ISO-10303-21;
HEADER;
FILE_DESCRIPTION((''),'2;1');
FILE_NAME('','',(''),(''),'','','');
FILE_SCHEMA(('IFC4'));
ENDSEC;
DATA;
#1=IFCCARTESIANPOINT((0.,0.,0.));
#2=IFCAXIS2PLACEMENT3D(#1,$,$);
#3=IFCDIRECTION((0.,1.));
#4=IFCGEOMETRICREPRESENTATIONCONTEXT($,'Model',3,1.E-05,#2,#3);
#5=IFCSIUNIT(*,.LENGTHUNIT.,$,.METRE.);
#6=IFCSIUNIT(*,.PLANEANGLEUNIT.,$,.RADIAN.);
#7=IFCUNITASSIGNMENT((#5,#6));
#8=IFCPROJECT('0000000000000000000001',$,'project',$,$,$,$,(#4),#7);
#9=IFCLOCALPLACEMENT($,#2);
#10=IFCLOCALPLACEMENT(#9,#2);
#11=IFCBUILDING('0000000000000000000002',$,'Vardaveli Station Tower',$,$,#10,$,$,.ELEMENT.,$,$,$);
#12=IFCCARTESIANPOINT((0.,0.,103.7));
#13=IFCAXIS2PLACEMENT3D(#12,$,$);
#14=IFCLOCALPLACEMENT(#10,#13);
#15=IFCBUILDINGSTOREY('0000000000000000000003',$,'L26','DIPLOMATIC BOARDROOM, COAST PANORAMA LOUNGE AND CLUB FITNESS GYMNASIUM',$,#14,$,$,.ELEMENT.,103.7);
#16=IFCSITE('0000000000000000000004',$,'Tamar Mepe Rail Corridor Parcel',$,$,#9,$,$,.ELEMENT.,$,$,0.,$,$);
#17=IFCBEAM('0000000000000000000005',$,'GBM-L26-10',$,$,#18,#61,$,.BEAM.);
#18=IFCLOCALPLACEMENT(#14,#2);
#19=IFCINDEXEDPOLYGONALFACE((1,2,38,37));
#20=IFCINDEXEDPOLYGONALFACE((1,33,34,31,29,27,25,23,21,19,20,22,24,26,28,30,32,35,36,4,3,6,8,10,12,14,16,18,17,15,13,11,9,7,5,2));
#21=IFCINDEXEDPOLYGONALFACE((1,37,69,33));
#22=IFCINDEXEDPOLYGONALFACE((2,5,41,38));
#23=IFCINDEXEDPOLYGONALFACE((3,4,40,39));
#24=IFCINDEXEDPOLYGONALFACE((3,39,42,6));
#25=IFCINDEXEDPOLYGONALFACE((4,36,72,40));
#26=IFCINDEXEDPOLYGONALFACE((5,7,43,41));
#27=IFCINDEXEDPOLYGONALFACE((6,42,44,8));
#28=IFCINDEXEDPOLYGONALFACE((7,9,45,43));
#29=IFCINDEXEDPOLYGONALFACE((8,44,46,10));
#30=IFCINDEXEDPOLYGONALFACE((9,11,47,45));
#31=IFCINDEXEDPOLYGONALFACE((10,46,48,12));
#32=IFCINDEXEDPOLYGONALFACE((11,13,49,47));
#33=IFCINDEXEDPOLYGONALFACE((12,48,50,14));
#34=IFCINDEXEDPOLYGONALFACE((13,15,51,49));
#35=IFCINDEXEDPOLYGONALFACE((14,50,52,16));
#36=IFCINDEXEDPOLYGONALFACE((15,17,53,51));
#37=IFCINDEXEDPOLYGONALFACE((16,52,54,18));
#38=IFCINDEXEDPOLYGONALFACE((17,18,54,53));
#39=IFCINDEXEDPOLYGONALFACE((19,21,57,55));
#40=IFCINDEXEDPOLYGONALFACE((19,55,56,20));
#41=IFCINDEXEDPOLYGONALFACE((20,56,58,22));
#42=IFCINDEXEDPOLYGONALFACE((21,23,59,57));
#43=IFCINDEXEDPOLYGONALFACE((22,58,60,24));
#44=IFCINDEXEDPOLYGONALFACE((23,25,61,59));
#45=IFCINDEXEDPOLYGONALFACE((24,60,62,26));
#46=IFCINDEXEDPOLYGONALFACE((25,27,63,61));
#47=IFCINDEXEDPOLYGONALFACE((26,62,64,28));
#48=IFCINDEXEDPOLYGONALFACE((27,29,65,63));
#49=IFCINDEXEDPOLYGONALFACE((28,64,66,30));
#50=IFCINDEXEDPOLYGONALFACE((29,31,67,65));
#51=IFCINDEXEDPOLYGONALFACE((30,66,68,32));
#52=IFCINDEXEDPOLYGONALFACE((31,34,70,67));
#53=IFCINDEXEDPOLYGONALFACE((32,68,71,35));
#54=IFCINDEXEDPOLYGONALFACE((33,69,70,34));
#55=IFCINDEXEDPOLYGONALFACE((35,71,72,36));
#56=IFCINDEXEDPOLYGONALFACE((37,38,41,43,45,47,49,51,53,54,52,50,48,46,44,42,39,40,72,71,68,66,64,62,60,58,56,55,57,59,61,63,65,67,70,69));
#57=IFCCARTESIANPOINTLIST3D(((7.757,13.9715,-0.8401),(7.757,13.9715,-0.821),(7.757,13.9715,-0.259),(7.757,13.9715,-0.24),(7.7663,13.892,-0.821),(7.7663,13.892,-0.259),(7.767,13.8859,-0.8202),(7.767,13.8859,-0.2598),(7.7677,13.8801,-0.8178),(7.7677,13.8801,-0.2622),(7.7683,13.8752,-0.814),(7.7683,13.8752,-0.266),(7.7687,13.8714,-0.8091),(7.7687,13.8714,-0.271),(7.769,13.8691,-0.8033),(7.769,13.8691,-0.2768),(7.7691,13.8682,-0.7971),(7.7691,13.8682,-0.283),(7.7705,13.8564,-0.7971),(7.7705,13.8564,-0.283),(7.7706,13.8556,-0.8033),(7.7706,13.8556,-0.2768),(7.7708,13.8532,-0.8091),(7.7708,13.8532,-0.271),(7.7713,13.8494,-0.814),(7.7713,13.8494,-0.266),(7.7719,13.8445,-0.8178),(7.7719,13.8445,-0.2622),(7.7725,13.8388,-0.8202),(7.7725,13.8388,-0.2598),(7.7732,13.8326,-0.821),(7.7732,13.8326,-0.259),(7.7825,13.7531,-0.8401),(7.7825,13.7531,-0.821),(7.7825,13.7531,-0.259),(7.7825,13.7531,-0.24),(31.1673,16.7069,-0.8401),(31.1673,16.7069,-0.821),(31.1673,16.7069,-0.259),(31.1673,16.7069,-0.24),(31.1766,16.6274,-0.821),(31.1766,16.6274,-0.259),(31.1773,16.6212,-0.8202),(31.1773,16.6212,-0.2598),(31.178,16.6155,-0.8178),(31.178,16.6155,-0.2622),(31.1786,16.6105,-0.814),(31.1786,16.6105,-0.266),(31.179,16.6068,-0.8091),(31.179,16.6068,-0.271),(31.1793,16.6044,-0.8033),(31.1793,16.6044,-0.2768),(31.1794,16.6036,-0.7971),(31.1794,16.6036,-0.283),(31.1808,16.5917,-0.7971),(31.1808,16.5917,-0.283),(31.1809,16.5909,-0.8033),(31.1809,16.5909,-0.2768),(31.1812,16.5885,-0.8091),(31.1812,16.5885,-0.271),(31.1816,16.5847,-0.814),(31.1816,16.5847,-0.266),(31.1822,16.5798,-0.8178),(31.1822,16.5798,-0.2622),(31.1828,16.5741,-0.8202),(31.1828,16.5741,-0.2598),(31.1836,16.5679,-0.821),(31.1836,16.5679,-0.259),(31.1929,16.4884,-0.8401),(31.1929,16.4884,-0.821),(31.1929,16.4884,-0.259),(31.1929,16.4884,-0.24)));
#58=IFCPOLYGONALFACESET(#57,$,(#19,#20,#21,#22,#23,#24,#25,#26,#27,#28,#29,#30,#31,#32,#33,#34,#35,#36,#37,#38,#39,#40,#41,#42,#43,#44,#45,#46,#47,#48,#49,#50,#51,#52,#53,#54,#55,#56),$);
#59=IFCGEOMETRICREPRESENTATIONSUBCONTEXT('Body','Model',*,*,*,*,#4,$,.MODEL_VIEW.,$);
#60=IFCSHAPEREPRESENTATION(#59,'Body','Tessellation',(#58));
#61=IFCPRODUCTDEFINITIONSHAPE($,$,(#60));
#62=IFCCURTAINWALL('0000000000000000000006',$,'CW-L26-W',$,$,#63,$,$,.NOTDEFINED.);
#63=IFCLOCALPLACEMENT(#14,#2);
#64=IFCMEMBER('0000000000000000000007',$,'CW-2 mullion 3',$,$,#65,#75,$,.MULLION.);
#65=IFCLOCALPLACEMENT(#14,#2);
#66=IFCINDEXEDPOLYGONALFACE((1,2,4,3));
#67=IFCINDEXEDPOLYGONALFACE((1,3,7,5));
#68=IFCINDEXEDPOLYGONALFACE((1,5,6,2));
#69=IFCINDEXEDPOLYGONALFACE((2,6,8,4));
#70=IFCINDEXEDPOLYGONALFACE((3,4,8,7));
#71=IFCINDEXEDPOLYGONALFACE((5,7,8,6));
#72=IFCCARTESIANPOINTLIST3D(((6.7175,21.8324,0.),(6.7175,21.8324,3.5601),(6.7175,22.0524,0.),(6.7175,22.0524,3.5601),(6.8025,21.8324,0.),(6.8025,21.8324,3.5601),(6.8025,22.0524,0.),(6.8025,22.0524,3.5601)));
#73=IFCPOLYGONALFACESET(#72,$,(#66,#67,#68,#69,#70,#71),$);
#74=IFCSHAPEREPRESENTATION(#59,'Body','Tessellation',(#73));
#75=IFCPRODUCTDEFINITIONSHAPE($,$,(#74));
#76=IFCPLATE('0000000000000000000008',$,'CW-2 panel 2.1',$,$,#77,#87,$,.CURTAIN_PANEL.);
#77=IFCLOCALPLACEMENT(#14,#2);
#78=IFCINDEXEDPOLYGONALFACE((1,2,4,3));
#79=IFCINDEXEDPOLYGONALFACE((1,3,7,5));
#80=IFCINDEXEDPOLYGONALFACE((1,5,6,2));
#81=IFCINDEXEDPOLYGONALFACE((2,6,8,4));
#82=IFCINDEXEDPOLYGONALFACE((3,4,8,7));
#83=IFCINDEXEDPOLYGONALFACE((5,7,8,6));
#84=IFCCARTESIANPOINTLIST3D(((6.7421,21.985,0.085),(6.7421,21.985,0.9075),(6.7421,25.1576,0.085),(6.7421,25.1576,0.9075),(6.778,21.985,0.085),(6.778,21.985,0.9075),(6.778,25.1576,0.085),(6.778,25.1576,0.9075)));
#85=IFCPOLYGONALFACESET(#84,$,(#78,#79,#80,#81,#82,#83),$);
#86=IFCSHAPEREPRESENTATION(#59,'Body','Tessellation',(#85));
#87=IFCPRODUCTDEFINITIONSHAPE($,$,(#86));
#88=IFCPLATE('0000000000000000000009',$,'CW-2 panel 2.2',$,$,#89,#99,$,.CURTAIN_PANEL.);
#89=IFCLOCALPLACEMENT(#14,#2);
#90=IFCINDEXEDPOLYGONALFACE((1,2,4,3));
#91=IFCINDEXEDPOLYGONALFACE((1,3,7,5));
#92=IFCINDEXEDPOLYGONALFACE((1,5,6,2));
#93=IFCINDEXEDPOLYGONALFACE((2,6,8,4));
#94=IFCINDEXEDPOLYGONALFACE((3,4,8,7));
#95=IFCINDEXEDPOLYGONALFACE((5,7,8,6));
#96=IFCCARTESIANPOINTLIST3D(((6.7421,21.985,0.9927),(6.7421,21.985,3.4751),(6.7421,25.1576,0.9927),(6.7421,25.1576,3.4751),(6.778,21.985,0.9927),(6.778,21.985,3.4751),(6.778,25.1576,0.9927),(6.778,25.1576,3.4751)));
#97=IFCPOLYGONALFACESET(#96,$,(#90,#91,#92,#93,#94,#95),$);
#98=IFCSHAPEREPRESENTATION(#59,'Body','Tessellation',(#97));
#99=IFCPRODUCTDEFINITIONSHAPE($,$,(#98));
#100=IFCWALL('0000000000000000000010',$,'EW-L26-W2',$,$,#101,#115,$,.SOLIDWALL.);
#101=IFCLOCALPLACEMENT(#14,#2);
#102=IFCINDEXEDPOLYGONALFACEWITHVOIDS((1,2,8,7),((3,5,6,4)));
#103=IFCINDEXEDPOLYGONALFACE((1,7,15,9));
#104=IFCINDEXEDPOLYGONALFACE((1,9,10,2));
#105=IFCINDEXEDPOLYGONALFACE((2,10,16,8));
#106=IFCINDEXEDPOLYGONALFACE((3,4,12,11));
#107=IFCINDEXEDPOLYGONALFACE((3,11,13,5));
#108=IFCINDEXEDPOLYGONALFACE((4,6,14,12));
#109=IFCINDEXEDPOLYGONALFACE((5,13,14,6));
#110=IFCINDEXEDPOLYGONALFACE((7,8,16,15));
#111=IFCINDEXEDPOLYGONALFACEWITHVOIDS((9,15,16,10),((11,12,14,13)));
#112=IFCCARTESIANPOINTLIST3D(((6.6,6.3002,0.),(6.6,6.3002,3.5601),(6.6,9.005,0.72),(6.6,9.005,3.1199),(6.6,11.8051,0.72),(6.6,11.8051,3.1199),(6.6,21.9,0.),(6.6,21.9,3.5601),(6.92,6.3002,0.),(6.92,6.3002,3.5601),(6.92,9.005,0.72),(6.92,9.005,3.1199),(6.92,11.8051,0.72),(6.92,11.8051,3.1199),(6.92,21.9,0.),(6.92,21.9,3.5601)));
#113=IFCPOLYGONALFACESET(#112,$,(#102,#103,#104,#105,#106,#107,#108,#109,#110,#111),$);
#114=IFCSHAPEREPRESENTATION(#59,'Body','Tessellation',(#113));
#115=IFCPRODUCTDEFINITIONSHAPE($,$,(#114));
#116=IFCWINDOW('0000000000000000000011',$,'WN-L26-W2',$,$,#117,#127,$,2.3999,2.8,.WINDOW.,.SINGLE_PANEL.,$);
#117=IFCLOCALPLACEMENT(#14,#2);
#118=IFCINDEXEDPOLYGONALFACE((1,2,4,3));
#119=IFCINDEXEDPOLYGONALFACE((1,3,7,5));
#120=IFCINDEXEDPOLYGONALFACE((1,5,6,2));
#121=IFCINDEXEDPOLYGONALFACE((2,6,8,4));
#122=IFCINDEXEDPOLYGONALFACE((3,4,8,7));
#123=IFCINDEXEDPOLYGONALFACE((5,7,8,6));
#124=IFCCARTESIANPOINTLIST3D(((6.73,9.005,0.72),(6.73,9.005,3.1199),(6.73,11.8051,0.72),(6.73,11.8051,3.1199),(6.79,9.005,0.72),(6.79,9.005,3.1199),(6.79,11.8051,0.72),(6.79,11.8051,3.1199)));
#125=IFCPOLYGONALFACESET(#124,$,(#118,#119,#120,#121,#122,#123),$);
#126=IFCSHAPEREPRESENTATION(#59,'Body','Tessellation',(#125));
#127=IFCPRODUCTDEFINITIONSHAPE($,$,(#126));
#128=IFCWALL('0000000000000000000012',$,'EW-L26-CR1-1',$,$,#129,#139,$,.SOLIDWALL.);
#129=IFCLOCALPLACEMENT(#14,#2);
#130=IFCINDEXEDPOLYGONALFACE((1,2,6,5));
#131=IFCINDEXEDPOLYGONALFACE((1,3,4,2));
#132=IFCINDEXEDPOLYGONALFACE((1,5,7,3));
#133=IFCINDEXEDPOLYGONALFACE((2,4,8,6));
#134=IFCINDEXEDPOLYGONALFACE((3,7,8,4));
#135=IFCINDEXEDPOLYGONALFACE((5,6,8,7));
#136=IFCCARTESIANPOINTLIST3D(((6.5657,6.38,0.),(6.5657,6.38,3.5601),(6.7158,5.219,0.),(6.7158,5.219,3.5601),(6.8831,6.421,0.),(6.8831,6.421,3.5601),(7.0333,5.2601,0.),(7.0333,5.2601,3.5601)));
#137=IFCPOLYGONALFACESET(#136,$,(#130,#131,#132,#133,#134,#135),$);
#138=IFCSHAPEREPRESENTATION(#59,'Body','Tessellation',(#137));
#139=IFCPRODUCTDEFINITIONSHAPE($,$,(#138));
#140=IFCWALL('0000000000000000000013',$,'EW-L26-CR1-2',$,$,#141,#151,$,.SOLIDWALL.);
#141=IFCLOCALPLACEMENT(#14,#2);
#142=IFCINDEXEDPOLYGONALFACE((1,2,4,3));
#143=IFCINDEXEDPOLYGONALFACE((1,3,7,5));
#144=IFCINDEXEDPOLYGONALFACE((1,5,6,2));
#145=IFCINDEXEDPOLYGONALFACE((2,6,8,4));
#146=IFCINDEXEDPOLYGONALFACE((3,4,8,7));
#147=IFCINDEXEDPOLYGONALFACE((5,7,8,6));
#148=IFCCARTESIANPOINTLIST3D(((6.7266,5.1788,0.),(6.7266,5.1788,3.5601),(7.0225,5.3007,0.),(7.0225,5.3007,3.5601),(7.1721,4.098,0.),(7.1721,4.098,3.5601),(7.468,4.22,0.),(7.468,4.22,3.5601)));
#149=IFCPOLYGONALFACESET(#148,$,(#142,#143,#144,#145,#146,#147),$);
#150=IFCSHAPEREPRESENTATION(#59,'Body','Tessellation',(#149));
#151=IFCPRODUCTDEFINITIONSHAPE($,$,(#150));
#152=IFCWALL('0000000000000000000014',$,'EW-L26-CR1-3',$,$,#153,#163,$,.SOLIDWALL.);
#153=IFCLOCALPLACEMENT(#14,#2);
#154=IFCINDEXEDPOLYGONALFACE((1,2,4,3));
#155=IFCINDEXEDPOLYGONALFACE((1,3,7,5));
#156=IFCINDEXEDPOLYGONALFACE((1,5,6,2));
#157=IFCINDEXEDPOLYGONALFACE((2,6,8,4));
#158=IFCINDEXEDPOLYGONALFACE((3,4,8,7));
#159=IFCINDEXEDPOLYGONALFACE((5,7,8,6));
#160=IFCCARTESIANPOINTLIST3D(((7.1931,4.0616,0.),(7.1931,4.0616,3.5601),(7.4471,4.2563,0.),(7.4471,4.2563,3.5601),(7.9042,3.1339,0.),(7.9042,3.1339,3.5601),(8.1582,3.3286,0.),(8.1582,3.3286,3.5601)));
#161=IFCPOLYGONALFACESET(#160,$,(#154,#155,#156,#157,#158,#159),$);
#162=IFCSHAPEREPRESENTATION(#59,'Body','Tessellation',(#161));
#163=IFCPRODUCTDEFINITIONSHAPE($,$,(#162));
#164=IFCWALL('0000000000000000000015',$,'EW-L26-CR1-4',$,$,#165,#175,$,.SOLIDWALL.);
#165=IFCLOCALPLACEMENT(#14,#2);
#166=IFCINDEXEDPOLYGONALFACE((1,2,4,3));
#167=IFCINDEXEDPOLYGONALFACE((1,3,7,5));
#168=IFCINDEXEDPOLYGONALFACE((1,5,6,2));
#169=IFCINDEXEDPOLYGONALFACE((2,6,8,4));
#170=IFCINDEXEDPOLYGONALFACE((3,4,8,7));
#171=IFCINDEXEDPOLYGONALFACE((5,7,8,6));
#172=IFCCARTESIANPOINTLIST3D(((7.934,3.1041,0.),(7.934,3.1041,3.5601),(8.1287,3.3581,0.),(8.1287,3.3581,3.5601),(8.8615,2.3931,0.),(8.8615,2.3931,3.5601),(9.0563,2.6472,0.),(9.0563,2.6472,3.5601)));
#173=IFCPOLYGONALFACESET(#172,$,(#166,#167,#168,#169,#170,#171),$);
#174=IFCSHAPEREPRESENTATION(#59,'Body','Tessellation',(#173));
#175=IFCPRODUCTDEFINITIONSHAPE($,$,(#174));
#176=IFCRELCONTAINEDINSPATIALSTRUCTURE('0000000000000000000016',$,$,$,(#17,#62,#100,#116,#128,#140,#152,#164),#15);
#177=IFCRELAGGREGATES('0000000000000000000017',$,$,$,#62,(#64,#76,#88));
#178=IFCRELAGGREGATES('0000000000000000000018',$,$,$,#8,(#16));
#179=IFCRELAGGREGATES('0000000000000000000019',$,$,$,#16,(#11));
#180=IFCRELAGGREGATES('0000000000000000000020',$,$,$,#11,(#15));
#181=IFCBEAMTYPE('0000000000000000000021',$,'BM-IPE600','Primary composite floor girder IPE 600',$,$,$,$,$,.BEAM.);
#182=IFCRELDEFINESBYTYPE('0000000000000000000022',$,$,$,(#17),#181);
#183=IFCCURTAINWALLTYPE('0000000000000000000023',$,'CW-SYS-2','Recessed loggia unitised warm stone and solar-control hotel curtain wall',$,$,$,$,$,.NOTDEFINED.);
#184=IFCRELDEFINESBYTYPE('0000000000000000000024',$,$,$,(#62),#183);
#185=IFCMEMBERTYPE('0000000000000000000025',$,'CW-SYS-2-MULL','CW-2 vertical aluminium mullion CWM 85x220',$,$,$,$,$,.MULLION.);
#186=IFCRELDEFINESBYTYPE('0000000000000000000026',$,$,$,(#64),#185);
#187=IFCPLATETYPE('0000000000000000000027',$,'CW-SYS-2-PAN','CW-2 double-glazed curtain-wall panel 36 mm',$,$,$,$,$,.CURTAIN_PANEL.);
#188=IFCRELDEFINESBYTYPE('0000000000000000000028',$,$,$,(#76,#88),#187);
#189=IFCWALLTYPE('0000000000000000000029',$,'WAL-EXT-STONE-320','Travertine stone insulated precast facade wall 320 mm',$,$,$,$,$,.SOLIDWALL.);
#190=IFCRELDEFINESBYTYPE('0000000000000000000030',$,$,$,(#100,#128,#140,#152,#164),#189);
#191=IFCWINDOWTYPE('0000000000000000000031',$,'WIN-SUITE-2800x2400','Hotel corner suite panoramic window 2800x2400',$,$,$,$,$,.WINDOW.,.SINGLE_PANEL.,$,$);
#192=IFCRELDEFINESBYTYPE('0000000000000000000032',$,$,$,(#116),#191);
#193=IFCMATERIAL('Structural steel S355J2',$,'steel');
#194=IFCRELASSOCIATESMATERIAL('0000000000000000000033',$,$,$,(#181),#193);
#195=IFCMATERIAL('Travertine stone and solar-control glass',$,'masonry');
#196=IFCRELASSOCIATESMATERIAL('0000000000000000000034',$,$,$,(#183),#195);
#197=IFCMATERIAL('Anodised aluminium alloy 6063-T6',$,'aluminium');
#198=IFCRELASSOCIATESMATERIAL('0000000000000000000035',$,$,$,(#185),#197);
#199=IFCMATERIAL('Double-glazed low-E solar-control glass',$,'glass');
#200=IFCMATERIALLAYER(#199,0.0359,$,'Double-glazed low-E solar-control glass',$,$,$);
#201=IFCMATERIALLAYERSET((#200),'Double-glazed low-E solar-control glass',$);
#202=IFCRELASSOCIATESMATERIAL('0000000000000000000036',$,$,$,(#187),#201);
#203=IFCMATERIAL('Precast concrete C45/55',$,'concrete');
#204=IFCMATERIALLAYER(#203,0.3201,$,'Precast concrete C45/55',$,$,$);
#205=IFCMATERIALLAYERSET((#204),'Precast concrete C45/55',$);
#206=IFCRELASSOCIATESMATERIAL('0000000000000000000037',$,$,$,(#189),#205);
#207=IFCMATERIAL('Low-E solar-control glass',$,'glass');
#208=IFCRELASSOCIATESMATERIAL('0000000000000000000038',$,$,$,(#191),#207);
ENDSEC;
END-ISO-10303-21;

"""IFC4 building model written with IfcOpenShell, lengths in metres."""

from ifc_helpers import new_model, si_unit, direction, frame, frame_2d, origin, origin_2d, place, context, subcontext, project, spatial, rectangle, i_section, extrude, source, transform, mapped, material, layer, layer_set, material_profile, profile_set, type_object, element, fill, aggregate, save


model = new_model("IFC4")

# Units and contexts
model_context = context("Model", 3, precision=1e-05, world=origin(), true_north=direction((0.0, 1.0)))
body_context = subcontext(model_context, "Body", "Model", "MODEL_VIEW")
ifc_project = project(units=[si_unit("LENGTHUNIT", "METRE"), si_unit("PLANEANGLEUNIT", "RADIAN")], contexts=[model_context])

# Site, building, storey
site_placement = place(None, origin())
site = spatial("IfcSite", under=ifc_project, at=site_placement, Name="Tamar Mepe Rail Corridor Parcel", CompositionType="ELEMENT", RefElevation=0.0)
building_placement = place(site_placement, origin())
building = spatial("IfcBuilding", under=site, at=building_placement, Name="Vardaveli Station Tower", CompositionType="ELEMENT")
storey_placement = place(building_placement, frame((0.0, 0.0, 103.7)))
storey = spatial("IfcBuildingStorey", under=building, at=storey_placement, Name="L26", Description="DIPLOMATIC BOARDROOM, COAST PANORAMA LOUNGE AND CLUB FITNESS GYMNASIUM", CompositionType="ELEMENT", Elevation=103.7)

# Beam
ifc_material_1 = material(Name="Precast concrete C45/55", Category="concrete")
ifc_material_2 = material(Name="Structural steel S355J2", Category="steel")
ifc_material_profile_1 = material_profile(ifc_material_2, i_section(OverallWidth=0.22, OverallDepth=0.6001, WebThickness=0.012, FlangeThickness=0.019, FilletRadius=0.0239, at=origin_2d()), Name="IPE 600")
ifc_profile_set_1 = profile_set([ifc_material_profile_1], Name="Structural steel S355J2")
beam_type_1 = type_object("IfcBeamType", Name="BM-IPE600", Description="Primary composite floor girder IPE 600", PredefinedType="BEAM", material=ifc_profile_set_1)
shared_shape_1 = source(origin(), body_context, "Body", "SweptSolid", [
    extrude(i_section(OverallWidth=0.22, OverallDepth=0.6001, WebThickness=0.012, FlangeThickness=0.019, FilletRadius=0.0239, at=origin_2d()), origin(), (0.0, 0.0, 1.0), 23.5696),
])
beam_1_placement = place(storey_placement, frame((7.7698, 13.8623, -0.54), z_axis=(0.993243, 0.116054, 0.0), x_axis=(-0.116054, 0.993243, 0.0)))
element("IfcBeam", 1, at=beam_1_placement, inside=storey, type_object=beam_type_1, Name="GBM-L26-10", PredefinedType="BEAM", context=body_context, shape_type="MappedRepresentation", body=[
    mapped(shared_shape_1, transform((0.0, 0.0, 0.0), scale=1.0)),
])

# Curtain wall, member, plates
ifc_material_3 = material(Name="Travertine stone and solar-control glass", Category="masonry")
curtain_wall_type = type_object("IfcCurtainWallType", Name="CW-SYS-2", Description="Recessed loggia unitised warm stone and solar-control hotel curtain wall", PredefinedType="NOTDEFINED", material=ifc_material_3)
curtain_wall_placement = place(storey_placement, origin())
curtain_wall = element("IfcCurtainWall", 2, at=curtain_wall_placement, inside=storey, type_object=curtain_wall_type, Name="CW-L26-W", PredefinedType="NOTDEFINED")
ifc_material_4 = material(Name="Anodised aluminium alloy 6063-T6", Category="aluminium")
ifc_material_profile_2 = material_profile(ifc_material_4, rectangle(XDim=0.085, YDim=0.22, at=origin_2d()), Name="CWM 85x220")
ifc_profile_set_2 = profile_set([ifc_material_profile_2], Name="Anodised aluminium alloy 6063-T6")
member_type = type_object("IfcMemberType", Name="CW-SYS-2-MULL", Description="CW-2 vertical aluminium mullion CWM 85x220", PredefinedType="MULLION", material=ifc_profile_set_2)
shared_shape_2 = source(origin(), body_context, "Body", "SweptSolid", [
    extrude(rectangle(XDim=0.085, YDim=0.22, at=origin_2d()), origin(), (0.0, 0.0, 1.0), 3.5601),
])
member_placement = place(storey_placement, frame((6.76, 21.9424, 0.0), z_axis=(0.0, 0.0, 1.0), x_axis=(1.0, 0.0, 0.0)))
member = element("IfcMember", 3, at=member_placement, type_object=member_type, Name="CW-2 mullion 3", PredefinedType="MULLION", context=body_context, shape_type="MappedRepresentation", body=[
    mapped(shared_shape_2, transform((0.0, 0.0, 0.0), scale=1.0)),
])
ifc_material_5 = material(Name="Double-glazed low-E solar-control glass", Category="glass")
ifc_layer_1 = layer(ifc_material_5, 0.0359, Name="Double-glazed low-E solar-control glass")
ifc_layer_set_1 = layer_set([ifc_layer_1], Name="Double-glazed low-E solar-control glass")
plate_type = type_object("IfcPlateType", Name="CW-SYS-2-PAN", Description="CW-2 double-glazed curtain-wall panel 36 mm", PredefinedType="CURTAIN_PANEL", material=ifc_layer_set_1)
shared_shape_3 = source(origin(), body_context, "Body", "SweptSolid", [
    extrude(rectangle(XDim=3.1726, YDim=0.0359, at=origin_2d()), origin(), (0.0, 0.0, 1.0), 0.8225),
])
plate_1_placement = place(storey_placement, frame((6.76, 23.5713, 0.085), z_axis=(0.0, 0.0, 1.0), x_axis=(0.0, -1.0, 0.0)))
plate_1 = element("IfcPlate", 4, at=plate_1_placement, type_object=plate_type, Name="CW-2 panel 2.1", PredefinedType="CURTAIN_PANEL", context=body_context, shape_type="MappedRepresentation", body=[
    mapped(shared_shape_3, transform((0.0, 0.0, 0.0), scale=1.0)),
])
shared_shape_4 = source(origin(), body_context, "Body", "SweptSolid", [
    extrude(rectangle(XDim=3.1726, YDim=0.0359, at=origin_2d()), origin(), (0.0, 0.0, 1.0), 2.4824),
])
plate_2_placement = place(storey_placement, frame((6.76, 23.5713, 0.9927), z_axis=(0.0, 0.0, 1.0), x_axis=(0.0, -1.0, 0.0)))
plate_2 = element("IfcPlate", 5, at=plate_2_placement, type_object=plate_type, Name="CW-2 panel 2.2", PredefinedType="CURTAIN_PANEL", context=body_context, shape_type="MappedRepresentation", body=[
    mapped(shared_shape_4, transform((0.0, 0.0, 0.0), scale=1.0)),
])
aggregate(curtain_wall, [member, plate_1, plate_2])

# Wall, opening, window
ifc_layer_2 = layer(ifc_material_1, 0.3201, Name="Precast concrete C45/55")
ifc_layer_set_2 = layer_set([ifc_layer_2], Name="Precast concrete C45/55")
wall_type_1 = type_object("IfcWallType", Name="WAL-EXT-STONE-320", Description="Travertine stone insulated precast facade wall 320 mm", PredefinedType="SOLIDWALL", material=ifc_layer_set_2)
shared_shape_5 = source(origin(), body_context, "Body", "SweptSolid", [
    extrude(rectangle(XDim=15.5999, YDim=0.3201, at=frame_2d((7.7998, 0.0))), origin(), (0.0, 0.0, 1.0), 3.5601),
])
wall_1_placement = place(storey_placement, frame((6.76, 21.8999, 0.0), z_axis=(0.0, 0.0, 1.0), x_axis=(0.0, -1.0, 0.0)))
wall_1 = element("IfcWall", 6, at=wall_1_placement, inside=storey, type_object=wall_type_1, Name="EW-L26-W2", PredefinedType="SOLIDWALL", context=body_context, shape_type="MappedRepresentation", body=[
    mapped(shared_shape_5, transform((0.0, 0.0, 0.0), scale=1.0)),
])
shared_shape_6 = source(origin(), body_context, "Body", "SweptSolid", [
    extrude(rectangle(XDim=2.8, YDim=2.3999, at=frame_2d((1.3999, 1.2))), frame((0.0, 0.1699, 0.0), z_axis=(0.0, -1.0, 0.0), x_axis=(1.0, 0.0, 0.0)), (0.0, 0.0, 1.0), 0.3401),
])
opening_1_placement = place(wall_1_placement, frame((10.095, 0.0, 0.72)))
opening_1 = element("IfcOpeningElement", 7, at=opening_1_placement, cuts=wall_1, PredefinedType="OPENING", context=body_context, shape_type="MappedRepresentation", body=[
    mapped(shared_shape_6, transform((0.0, 0.0, 0.0), scale=1.0)),
])
ifc_material_6 = material(Name="Low-E solar-control glass", Category="glass")
window_type = type_object("IfcWindowType", Name="WIN-SUITE-2800x2400", Description="Hotel corner suite panoramic window 2800x2400", PartitioningType="SINGLE_PANEL", PredefinedType="WINDOW", material=ifc_material_6)
shared_shape_7 = source(origin(), body_context, "Body", "SweptSolid", [
    extrude(rectangle(XDim=2.8, YDim=2.3999, at=frame_2d((1.3999, 1.2))), frame((0.0, 0.03, 0.0), z_axis=(0.0, -1.0, 0.0), x_axis=(1.0, 0.0, 0.0)), (0.0, 0.0, 1.0), 0.0601),
])
window_placement = place(opening_1_placement, origin())
window = element("IfcWindow", 8, at=window_placement, inside=storey, type_object=window_type, Name="WN-L26-W2", OverallHeight=2.3999, OverallWidth=2.8, PartitioningType="SINGLE_PANEL", PredefinedType="WINDOW", context=body_context, shape_type="MappedRepresentation", body=[
    mapped(shared_shape_7, transform((0.0, 0.0, 0.0), scale=1.0)),
])
fill(opening_1, window)

# Walls
shared_shape_8 = source(origin(), body_context, "Body", "SweptSolid", [
    extrude(rectangle(XDim=1.1707, YDim=0.3201, at=frame_2d((0.5854, 0.0))), origin(), (0.0, 0.0, 1.0), 3.5601),
])
wall_2_placement = place(storey_placement, frame((6.7244, 6.4006, 0.0), z_axis=(0.0, 0.0, 1.0), x_axis=(0.128269, -0.991739, 0.0)))
element("IfcWall", 9, at=wall_2_placement, inside=storey, type_object=wall_type_1, Name="EW-L26-CR1-1", PredefinedType="SOLIDWALL", context=body_context, shape_type="MappedRepresentation", body=[
    mapped(shared_shape_8, transform((0.0, 0.0, 0.0), scale=1.0)),
])
shared_shape_9 = source(origin(), body_context, "Body", "SweptSolid", [
    extrude(rectangle(XDim=1.1689, YDim=0.3201, at=frame_2d((0.5845, 0.0))), origin(), (0.0, 0.0, 1.0), 3.5601),
])
for number, where, z_axis, x_axis, name in (
    (10, (6.8745, 5.2397, 0.0), (0.0, 0.0, 1.0), (0.381128, -0.924522, 0.0), "EW-L26-CR1-2"),
    (11, (7.3201, 4.1589, 0.0), (0.0, 0.0, 1.0), (0.608388, -0.79364, 0.0), "EW-L26-CR1-3"),
):
    element("IfcWall", number, at=place(storey_placement, frame(where, z_axis=z_axis, x_axis=x_axis)), inside=storey, type_object=wall_type_1, Name=name, PredefinedType="SOLIDWALL", context=body_context, shape_type="MappedRepresentation", body=[
        mapped(shared_shape_9, transform((0.0, 0.0, 0.0), scale=1.0)),
    ])
shared_shape_10 = source(origin(), body_context, "Body", "SweptSolid", [
    extrude(rectangle(XDim=1.1687, YDim=0.3201, at=frame_2d((0.5845, 0.0))), origin(), (0.0, 0.0, 1.0), 3.5601),
])
wall_3_placement = place(storey_placement, frame((8.0312, 3.2312, 0.0), z_axis=(0.0, 0.0, 1.0), x_axis=(0.793664, -0.608357, 0.0)))
element("IfcWall", 12, at=wall_3_placement, inside=storey, type_object=wall_type_1, Name="EW-L26-CR1-4", PredefinedType="SOLIDWALL", context=body_context, shape_type="MappedRepresentation", body=[
    mapped(shared_shape_10, transform((0.0, 0.0, 0.0), scale=1.0)),
])

save(model, "model.ifc")
